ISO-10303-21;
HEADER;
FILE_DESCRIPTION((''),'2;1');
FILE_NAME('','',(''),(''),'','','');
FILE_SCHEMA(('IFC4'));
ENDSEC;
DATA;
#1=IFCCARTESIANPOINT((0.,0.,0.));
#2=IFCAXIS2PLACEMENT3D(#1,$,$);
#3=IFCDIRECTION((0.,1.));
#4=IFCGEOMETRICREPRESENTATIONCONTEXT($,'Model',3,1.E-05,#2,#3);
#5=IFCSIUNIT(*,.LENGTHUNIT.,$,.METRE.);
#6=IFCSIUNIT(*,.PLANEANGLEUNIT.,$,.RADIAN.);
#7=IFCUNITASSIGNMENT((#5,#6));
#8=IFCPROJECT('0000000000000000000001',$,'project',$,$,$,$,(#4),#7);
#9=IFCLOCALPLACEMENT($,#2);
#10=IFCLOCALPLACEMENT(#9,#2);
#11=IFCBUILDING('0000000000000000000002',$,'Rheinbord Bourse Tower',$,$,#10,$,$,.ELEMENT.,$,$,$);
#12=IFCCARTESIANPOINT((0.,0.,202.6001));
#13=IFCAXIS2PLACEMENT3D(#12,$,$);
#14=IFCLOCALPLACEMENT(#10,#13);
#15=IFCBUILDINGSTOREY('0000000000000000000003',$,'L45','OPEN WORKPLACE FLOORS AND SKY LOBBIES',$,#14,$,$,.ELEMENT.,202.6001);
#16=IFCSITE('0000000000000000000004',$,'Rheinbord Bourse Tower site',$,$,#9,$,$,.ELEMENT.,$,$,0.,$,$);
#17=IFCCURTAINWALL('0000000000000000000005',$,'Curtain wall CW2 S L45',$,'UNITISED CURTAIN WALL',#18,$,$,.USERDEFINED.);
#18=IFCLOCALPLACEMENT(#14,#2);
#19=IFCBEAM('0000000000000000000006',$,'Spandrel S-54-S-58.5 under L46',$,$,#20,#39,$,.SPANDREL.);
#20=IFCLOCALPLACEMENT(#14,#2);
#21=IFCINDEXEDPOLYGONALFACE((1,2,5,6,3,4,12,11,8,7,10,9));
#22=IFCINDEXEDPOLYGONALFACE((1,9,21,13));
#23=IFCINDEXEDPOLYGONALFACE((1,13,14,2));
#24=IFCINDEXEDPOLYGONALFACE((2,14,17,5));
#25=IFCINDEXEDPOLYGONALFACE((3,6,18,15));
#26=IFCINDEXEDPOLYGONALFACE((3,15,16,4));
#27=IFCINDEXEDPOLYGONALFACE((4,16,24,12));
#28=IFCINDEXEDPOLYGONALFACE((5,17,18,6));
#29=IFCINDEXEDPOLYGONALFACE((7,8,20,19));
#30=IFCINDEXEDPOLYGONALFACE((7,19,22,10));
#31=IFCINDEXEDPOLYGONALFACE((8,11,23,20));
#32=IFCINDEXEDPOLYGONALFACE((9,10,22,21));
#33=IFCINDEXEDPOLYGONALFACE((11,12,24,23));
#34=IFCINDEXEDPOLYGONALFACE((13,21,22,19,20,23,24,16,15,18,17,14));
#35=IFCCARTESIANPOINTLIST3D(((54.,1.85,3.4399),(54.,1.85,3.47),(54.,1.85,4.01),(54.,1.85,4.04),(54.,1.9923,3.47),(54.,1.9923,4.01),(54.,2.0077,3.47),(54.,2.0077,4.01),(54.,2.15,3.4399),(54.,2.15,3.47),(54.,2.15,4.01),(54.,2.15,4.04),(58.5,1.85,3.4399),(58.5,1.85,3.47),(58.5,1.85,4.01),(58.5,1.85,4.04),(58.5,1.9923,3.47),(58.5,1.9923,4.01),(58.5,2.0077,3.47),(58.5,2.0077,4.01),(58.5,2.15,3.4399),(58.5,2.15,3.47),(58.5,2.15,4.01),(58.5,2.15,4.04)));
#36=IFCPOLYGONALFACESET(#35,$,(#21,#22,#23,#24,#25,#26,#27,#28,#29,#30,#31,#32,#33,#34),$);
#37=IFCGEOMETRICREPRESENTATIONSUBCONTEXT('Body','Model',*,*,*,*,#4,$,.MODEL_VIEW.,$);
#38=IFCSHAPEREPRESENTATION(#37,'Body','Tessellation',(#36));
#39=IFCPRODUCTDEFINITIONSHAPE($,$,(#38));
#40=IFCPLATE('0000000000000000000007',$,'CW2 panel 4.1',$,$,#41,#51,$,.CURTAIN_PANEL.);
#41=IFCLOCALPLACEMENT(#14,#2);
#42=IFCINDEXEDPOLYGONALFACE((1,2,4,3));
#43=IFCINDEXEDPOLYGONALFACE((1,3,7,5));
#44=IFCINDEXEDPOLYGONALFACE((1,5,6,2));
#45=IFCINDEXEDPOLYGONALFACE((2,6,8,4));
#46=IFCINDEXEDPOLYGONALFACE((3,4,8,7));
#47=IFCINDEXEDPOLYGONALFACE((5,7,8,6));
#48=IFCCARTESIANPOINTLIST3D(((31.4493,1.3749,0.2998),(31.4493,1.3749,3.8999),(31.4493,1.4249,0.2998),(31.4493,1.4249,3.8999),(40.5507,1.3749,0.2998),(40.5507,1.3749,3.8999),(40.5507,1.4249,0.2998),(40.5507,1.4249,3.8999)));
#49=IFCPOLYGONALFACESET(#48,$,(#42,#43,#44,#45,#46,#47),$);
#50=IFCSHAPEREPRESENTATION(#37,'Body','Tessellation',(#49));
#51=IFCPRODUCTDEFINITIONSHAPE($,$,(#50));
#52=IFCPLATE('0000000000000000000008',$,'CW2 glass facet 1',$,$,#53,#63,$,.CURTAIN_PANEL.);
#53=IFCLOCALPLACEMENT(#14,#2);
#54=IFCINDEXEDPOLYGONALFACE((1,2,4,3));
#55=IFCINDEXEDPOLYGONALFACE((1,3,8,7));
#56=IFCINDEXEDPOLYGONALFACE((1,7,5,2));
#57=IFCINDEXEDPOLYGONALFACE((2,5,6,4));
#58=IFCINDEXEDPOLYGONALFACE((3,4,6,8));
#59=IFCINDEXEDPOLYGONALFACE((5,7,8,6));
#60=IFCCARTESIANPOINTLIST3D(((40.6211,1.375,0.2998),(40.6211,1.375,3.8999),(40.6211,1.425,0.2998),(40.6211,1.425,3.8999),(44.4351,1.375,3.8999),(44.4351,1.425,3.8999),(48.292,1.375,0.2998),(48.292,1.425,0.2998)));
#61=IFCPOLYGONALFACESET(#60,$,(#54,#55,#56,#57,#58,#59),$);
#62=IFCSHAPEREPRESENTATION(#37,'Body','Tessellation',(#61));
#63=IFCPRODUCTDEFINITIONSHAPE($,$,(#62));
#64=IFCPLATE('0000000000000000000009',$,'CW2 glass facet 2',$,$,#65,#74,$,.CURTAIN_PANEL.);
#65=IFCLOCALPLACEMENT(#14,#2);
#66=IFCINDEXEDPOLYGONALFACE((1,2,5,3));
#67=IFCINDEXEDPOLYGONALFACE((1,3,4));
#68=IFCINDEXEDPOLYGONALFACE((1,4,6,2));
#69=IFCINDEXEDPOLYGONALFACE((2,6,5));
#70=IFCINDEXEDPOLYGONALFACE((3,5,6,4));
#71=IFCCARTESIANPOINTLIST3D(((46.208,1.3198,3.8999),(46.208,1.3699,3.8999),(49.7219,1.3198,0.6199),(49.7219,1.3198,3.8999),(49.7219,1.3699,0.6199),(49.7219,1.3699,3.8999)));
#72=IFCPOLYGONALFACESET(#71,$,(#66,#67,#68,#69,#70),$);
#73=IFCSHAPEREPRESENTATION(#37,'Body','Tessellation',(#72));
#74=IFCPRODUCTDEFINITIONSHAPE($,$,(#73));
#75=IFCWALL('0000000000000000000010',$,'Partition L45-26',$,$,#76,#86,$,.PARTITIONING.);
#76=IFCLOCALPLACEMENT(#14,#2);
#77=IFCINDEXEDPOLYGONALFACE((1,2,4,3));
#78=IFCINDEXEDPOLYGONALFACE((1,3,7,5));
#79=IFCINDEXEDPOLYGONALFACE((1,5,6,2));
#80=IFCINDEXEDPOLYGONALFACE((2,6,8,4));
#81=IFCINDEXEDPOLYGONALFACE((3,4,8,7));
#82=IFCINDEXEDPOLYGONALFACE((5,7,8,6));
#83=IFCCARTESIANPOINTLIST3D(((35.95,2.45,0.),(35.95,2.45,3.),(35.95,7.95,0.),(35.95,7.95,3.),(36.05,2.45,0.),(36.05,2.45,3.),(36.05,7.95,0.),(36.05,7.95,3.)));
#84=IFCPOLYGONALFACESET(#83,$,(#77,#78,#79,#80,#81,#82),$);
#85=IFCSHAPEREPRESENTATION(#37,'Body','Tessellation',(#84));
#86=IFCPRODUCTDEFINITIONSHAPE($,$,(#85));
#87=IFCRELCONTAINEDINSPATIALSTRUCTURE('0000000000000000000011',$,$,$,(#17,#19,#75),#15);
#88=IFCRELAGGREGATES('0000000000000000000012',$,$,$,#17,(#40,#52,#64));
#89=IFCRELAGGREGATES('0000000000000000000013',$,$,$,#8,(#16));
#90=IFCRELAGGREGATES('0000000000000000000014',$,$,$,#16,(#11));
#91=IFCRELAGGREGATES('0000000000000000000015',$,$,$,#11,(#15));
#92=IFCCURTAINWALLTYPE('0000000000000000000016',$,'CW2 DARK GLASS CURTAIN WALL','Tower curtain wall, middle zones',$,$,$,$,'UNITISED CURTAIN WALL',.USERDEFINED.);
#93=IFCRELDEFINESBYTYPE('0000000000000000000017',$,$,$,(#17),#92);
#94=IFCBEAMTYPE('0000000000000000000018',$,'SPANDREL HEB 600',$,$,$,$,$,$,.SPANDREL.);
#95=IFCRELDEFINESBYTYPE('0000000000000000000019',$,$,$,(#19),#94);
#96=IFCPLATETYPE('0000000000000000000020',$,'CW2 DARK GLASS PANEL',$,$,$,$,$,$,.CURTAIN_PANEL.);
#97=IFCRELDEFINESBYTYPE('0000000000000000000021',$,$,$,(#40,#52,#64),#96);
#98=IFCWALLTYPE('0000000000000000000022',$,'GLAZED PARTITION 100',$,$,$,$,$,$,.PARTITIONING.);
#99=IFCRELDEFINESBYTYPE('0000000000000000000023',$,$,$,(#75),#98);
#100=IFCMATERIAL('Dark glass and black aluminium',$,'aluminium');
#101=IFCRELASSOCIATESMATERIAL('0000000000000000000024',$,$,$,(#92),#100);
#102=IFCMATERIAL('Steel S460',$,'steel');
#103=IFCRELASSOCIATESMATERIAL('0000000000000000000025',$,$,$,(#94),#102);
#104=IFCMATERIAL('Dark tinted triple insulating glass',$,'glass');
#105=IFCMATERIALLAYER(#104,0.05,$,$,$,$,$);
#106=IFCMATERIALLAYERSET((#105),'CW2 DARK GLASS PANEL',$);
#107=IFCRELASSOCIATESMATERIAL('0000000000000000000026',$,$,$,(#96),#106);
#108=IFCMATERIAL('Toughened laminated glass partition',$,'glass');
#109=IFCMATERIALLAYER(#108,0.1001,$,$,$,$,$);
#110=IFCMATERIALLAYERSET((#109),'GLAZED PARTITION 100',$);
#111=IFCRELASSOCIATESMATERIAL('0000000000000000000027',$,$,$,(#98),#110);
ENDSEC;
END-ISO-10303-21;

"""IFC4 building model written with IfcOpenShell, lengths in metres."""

from ifc_helpers import new_model, si_unit, direction, frame, frame_2d, origin, origin_2d, place, context, subcontext, project, spatial, polyline, rectangle, i_section, outline, extrude, material, layer, layer_set, material_profile, profile_set, type_object, element, aggregate, save


model = new_model("IFC4")

# Units and contexts
model_context = context("Model", 3, precision=1e-05, world=origin(), true_north=direction((0.0, 1.0)))
body_context = subcontext(model_context, "Body", "Model", "MODEL_VIEW")
ifc_project = project(units=[si_unit("LENGTHUNIT", "METRE"), si_unit("PLANEANGLEUNIT", "RADIAN")], contexts=[model_context])

# Site, building, storey
site_placement = place(None, origin())
site = spatial("IfcSite", under=ifc_project, at=site_placement, Name="Rheinbord Bourse Tower site", CompositionType="ELEMENT", RefElevation=0.0)
building_placement = place(site_placement, origin())
building = spatial("IfcBuilding", under=site, at=building_placement, Name="Rheinbord Bourse Tower", CompositionType="ELEMENT")
storey_placement = place(building_placement, frame((0.0, 0.0, 202.6001)))
storey = spatial("IfcBuildingStorey", under=building, at=storey_placement, Name="L45", Description="OPEN WORKPLACE FLOORS AND SKY LOBBIES", CompositionType="ELEMENT", Elevation=202.6001)

# Curtain wall
ifc_material_1 = material(Name="Dark glass and black aluminium", Category="aluminium")
curtain_wall_type = type_object("IfcCurtainWallType", Name="CW2 DARK GLASS CURTAIN WALL", Description="Tower curtain wall, middle zones", ElementType="UNITISED CURTAIN WALL", PredefinedType="USERDEFINED", material=ifc_material_1)
curtain_wall_placement = place(storey_placement, origin())
curtain_wall = element("IfcCurtainWall", 1, at=curtain_wall_placement, inside=storey, type_object=curtain_wall_type, Name="Curtain wall CW2 S L45", ObjectType="UNITISED CURTAIN WALL", PredefinedType="USERDEFINED")

# Beam
ifc_material_2 = material(Name="Steel S460", Category="steel")
ifc_material_profile_1 = material_profile(ifc_material_2, i_section(OverallWidth=0.3, OverallDepth=0.6001, WebThickness=0.0154, FlangeThickness=0.03, at=origin_2d()), Name="HEB 600")
ifc_profile_set_1 = profile_set([ifc_material_profile_1], Name="Steel S460")
beam_type_1 = type_object("IfcBeamType", Name="SPANDREL HEB 600", PredefinedType="SPANDREL", material=ifc_profile_set_1)
for number, where, z_axis, x_axis, name in (
    (2, (54.0, 2.0, 3.74), (1.0, 0.0, 0.0), (0.0, 1.0, 0.0), "Spandrel S-54-S-58.5 under L46"),
):
    element("IfcBeam", number, at=place(storey_placement, frame(where, z_axis=z_axis, x_axis=x_axis)), inside=storey, type_object=beam_type_1, Name=name, PredefinedType="SPANDREL", context=body_context, shape_type="SweptSolid", body=[
        extrude(i_section(OverallWidth=0.3, OverallDepth=0.6001, WebThickness=0.0154, FlangeThickness=0.03, at=origin_2d()), origin(), (0.0, 0.0, 1.0), 4.5),
    ])

# Plates
ifc_material_3 = material(Name="Dark tinted triple insulating glass", Category="glass")
ifc_layer_1 = layer(ifc_material_3, 0.05)
ifc_layer_set_1 = layer_set([ifc_layer_1], Name="CW2 DARK GLASS PANEL")
plate_type = type_object("IfcPlateType", Name="CW2 DARK GLASS PANEL", PredefinedType="CURTAIN_PANEL", material=ifc_layer_set_1)
plate_1_placement = place(storey_placement, frame((36.0, 1.3999, 0.2998), z_axis=(0.0, 0.0, 1.0), x_axis=(1.0, 0.0, 0.0)))
plate_1 = element("IfcPlate", 3, at=plate_1_placement, type_object=plate_type, Name="CW2 panel 4.1", PredefinedType="CURTAIN_PANEL", context=body_context, shape_type="SweptSolid", body=[
    extrude(rectangle(XDim=9.1013, YDim=0.05, at=origin_2d()), origin(), (0.0, 0.0, 1.0), 3.6001),
])
plate_2_placement = place(storey_placement, frame((40.6211, 1.375, 0.2998), z_axis=(0.0, 1.0, 0.0), x_axis=(0.0, 0.0, 1.0)))
plate_2 = element("IfcPlate", 4, at=plate_2_placement, type_object=plate_type, Name="CW2 glass facet 1", PredefinedType="CURTAIN_PANEL", context=body_context, shape_type="SweptSolid", body=[
    extrude(outline(polyline([(0.0, 0.0), (3.6001, 0.0), (3.6001, 3.814), (0.0, 7.6709), (0.0, 0.0)])), origin(), (0.0, 0.0, 1.0), 0.05),
])
plate_3_placement = place(storey_placement, frame((49.7219, 1.3198, 3.8999), z_axis=(0.0, 1.0, 0.0), x_axis=(0.0, 0.0, -1.0)))
plate_3 = element("IfcPlate", 5, at=plate_3_placement, type_object=plate_type, Name="CW2 glass facet 2", PredefinedType="CURTAIN_PANEL", context=body_context, shape_type="SweptSolid", body=[
    extrude(outline(polyline([(0.0, 0.0), (3.28, 0.0), (0.0, 3.5139), (0.0, 0.0)])), origin(), (0.0, 0.0, 1.0), 0.05),
])
aggregate(curtain_wall, [plate_1, plate_2, plate_3])

# Wall
ifc_material_4 = material(Name="Toughened laminated glass partition", Category="glass")
ifc_layer_2 = layer(ifc_material_4, 0.1001)
ifc_layer_set_2 = layer_set([ifc_layer_2], Name="GLAZED PARTITION 100")
wall_type = type_object("IfcWallType", Name="GLAZED PARTITION 100", PredefinedType="PARTITIONING", material=ifc_layer_set_2)
wall_placement = place(storey_placement, frame((36.0, 2.45, 0.0), z_axis=(0.0, 0.0, 1.0), x_axis=(0.0, 1.0, 0.0)))
element("IfcWall", 6, at=wall_placement, inside=storey, type_object=wall_type, Name="Partition L45-26", PredefinedType="PARTITIONING", context=body_context, shape_type="SweptSolid", body=[
    extrude(rectangle(XDim=5.5, YDim=0.1001, at=frame_2d((2.75, 0.0))), origin(), (0.0, 0.0, 1.0), 3.0),
])

save(model, "model.ifc")
